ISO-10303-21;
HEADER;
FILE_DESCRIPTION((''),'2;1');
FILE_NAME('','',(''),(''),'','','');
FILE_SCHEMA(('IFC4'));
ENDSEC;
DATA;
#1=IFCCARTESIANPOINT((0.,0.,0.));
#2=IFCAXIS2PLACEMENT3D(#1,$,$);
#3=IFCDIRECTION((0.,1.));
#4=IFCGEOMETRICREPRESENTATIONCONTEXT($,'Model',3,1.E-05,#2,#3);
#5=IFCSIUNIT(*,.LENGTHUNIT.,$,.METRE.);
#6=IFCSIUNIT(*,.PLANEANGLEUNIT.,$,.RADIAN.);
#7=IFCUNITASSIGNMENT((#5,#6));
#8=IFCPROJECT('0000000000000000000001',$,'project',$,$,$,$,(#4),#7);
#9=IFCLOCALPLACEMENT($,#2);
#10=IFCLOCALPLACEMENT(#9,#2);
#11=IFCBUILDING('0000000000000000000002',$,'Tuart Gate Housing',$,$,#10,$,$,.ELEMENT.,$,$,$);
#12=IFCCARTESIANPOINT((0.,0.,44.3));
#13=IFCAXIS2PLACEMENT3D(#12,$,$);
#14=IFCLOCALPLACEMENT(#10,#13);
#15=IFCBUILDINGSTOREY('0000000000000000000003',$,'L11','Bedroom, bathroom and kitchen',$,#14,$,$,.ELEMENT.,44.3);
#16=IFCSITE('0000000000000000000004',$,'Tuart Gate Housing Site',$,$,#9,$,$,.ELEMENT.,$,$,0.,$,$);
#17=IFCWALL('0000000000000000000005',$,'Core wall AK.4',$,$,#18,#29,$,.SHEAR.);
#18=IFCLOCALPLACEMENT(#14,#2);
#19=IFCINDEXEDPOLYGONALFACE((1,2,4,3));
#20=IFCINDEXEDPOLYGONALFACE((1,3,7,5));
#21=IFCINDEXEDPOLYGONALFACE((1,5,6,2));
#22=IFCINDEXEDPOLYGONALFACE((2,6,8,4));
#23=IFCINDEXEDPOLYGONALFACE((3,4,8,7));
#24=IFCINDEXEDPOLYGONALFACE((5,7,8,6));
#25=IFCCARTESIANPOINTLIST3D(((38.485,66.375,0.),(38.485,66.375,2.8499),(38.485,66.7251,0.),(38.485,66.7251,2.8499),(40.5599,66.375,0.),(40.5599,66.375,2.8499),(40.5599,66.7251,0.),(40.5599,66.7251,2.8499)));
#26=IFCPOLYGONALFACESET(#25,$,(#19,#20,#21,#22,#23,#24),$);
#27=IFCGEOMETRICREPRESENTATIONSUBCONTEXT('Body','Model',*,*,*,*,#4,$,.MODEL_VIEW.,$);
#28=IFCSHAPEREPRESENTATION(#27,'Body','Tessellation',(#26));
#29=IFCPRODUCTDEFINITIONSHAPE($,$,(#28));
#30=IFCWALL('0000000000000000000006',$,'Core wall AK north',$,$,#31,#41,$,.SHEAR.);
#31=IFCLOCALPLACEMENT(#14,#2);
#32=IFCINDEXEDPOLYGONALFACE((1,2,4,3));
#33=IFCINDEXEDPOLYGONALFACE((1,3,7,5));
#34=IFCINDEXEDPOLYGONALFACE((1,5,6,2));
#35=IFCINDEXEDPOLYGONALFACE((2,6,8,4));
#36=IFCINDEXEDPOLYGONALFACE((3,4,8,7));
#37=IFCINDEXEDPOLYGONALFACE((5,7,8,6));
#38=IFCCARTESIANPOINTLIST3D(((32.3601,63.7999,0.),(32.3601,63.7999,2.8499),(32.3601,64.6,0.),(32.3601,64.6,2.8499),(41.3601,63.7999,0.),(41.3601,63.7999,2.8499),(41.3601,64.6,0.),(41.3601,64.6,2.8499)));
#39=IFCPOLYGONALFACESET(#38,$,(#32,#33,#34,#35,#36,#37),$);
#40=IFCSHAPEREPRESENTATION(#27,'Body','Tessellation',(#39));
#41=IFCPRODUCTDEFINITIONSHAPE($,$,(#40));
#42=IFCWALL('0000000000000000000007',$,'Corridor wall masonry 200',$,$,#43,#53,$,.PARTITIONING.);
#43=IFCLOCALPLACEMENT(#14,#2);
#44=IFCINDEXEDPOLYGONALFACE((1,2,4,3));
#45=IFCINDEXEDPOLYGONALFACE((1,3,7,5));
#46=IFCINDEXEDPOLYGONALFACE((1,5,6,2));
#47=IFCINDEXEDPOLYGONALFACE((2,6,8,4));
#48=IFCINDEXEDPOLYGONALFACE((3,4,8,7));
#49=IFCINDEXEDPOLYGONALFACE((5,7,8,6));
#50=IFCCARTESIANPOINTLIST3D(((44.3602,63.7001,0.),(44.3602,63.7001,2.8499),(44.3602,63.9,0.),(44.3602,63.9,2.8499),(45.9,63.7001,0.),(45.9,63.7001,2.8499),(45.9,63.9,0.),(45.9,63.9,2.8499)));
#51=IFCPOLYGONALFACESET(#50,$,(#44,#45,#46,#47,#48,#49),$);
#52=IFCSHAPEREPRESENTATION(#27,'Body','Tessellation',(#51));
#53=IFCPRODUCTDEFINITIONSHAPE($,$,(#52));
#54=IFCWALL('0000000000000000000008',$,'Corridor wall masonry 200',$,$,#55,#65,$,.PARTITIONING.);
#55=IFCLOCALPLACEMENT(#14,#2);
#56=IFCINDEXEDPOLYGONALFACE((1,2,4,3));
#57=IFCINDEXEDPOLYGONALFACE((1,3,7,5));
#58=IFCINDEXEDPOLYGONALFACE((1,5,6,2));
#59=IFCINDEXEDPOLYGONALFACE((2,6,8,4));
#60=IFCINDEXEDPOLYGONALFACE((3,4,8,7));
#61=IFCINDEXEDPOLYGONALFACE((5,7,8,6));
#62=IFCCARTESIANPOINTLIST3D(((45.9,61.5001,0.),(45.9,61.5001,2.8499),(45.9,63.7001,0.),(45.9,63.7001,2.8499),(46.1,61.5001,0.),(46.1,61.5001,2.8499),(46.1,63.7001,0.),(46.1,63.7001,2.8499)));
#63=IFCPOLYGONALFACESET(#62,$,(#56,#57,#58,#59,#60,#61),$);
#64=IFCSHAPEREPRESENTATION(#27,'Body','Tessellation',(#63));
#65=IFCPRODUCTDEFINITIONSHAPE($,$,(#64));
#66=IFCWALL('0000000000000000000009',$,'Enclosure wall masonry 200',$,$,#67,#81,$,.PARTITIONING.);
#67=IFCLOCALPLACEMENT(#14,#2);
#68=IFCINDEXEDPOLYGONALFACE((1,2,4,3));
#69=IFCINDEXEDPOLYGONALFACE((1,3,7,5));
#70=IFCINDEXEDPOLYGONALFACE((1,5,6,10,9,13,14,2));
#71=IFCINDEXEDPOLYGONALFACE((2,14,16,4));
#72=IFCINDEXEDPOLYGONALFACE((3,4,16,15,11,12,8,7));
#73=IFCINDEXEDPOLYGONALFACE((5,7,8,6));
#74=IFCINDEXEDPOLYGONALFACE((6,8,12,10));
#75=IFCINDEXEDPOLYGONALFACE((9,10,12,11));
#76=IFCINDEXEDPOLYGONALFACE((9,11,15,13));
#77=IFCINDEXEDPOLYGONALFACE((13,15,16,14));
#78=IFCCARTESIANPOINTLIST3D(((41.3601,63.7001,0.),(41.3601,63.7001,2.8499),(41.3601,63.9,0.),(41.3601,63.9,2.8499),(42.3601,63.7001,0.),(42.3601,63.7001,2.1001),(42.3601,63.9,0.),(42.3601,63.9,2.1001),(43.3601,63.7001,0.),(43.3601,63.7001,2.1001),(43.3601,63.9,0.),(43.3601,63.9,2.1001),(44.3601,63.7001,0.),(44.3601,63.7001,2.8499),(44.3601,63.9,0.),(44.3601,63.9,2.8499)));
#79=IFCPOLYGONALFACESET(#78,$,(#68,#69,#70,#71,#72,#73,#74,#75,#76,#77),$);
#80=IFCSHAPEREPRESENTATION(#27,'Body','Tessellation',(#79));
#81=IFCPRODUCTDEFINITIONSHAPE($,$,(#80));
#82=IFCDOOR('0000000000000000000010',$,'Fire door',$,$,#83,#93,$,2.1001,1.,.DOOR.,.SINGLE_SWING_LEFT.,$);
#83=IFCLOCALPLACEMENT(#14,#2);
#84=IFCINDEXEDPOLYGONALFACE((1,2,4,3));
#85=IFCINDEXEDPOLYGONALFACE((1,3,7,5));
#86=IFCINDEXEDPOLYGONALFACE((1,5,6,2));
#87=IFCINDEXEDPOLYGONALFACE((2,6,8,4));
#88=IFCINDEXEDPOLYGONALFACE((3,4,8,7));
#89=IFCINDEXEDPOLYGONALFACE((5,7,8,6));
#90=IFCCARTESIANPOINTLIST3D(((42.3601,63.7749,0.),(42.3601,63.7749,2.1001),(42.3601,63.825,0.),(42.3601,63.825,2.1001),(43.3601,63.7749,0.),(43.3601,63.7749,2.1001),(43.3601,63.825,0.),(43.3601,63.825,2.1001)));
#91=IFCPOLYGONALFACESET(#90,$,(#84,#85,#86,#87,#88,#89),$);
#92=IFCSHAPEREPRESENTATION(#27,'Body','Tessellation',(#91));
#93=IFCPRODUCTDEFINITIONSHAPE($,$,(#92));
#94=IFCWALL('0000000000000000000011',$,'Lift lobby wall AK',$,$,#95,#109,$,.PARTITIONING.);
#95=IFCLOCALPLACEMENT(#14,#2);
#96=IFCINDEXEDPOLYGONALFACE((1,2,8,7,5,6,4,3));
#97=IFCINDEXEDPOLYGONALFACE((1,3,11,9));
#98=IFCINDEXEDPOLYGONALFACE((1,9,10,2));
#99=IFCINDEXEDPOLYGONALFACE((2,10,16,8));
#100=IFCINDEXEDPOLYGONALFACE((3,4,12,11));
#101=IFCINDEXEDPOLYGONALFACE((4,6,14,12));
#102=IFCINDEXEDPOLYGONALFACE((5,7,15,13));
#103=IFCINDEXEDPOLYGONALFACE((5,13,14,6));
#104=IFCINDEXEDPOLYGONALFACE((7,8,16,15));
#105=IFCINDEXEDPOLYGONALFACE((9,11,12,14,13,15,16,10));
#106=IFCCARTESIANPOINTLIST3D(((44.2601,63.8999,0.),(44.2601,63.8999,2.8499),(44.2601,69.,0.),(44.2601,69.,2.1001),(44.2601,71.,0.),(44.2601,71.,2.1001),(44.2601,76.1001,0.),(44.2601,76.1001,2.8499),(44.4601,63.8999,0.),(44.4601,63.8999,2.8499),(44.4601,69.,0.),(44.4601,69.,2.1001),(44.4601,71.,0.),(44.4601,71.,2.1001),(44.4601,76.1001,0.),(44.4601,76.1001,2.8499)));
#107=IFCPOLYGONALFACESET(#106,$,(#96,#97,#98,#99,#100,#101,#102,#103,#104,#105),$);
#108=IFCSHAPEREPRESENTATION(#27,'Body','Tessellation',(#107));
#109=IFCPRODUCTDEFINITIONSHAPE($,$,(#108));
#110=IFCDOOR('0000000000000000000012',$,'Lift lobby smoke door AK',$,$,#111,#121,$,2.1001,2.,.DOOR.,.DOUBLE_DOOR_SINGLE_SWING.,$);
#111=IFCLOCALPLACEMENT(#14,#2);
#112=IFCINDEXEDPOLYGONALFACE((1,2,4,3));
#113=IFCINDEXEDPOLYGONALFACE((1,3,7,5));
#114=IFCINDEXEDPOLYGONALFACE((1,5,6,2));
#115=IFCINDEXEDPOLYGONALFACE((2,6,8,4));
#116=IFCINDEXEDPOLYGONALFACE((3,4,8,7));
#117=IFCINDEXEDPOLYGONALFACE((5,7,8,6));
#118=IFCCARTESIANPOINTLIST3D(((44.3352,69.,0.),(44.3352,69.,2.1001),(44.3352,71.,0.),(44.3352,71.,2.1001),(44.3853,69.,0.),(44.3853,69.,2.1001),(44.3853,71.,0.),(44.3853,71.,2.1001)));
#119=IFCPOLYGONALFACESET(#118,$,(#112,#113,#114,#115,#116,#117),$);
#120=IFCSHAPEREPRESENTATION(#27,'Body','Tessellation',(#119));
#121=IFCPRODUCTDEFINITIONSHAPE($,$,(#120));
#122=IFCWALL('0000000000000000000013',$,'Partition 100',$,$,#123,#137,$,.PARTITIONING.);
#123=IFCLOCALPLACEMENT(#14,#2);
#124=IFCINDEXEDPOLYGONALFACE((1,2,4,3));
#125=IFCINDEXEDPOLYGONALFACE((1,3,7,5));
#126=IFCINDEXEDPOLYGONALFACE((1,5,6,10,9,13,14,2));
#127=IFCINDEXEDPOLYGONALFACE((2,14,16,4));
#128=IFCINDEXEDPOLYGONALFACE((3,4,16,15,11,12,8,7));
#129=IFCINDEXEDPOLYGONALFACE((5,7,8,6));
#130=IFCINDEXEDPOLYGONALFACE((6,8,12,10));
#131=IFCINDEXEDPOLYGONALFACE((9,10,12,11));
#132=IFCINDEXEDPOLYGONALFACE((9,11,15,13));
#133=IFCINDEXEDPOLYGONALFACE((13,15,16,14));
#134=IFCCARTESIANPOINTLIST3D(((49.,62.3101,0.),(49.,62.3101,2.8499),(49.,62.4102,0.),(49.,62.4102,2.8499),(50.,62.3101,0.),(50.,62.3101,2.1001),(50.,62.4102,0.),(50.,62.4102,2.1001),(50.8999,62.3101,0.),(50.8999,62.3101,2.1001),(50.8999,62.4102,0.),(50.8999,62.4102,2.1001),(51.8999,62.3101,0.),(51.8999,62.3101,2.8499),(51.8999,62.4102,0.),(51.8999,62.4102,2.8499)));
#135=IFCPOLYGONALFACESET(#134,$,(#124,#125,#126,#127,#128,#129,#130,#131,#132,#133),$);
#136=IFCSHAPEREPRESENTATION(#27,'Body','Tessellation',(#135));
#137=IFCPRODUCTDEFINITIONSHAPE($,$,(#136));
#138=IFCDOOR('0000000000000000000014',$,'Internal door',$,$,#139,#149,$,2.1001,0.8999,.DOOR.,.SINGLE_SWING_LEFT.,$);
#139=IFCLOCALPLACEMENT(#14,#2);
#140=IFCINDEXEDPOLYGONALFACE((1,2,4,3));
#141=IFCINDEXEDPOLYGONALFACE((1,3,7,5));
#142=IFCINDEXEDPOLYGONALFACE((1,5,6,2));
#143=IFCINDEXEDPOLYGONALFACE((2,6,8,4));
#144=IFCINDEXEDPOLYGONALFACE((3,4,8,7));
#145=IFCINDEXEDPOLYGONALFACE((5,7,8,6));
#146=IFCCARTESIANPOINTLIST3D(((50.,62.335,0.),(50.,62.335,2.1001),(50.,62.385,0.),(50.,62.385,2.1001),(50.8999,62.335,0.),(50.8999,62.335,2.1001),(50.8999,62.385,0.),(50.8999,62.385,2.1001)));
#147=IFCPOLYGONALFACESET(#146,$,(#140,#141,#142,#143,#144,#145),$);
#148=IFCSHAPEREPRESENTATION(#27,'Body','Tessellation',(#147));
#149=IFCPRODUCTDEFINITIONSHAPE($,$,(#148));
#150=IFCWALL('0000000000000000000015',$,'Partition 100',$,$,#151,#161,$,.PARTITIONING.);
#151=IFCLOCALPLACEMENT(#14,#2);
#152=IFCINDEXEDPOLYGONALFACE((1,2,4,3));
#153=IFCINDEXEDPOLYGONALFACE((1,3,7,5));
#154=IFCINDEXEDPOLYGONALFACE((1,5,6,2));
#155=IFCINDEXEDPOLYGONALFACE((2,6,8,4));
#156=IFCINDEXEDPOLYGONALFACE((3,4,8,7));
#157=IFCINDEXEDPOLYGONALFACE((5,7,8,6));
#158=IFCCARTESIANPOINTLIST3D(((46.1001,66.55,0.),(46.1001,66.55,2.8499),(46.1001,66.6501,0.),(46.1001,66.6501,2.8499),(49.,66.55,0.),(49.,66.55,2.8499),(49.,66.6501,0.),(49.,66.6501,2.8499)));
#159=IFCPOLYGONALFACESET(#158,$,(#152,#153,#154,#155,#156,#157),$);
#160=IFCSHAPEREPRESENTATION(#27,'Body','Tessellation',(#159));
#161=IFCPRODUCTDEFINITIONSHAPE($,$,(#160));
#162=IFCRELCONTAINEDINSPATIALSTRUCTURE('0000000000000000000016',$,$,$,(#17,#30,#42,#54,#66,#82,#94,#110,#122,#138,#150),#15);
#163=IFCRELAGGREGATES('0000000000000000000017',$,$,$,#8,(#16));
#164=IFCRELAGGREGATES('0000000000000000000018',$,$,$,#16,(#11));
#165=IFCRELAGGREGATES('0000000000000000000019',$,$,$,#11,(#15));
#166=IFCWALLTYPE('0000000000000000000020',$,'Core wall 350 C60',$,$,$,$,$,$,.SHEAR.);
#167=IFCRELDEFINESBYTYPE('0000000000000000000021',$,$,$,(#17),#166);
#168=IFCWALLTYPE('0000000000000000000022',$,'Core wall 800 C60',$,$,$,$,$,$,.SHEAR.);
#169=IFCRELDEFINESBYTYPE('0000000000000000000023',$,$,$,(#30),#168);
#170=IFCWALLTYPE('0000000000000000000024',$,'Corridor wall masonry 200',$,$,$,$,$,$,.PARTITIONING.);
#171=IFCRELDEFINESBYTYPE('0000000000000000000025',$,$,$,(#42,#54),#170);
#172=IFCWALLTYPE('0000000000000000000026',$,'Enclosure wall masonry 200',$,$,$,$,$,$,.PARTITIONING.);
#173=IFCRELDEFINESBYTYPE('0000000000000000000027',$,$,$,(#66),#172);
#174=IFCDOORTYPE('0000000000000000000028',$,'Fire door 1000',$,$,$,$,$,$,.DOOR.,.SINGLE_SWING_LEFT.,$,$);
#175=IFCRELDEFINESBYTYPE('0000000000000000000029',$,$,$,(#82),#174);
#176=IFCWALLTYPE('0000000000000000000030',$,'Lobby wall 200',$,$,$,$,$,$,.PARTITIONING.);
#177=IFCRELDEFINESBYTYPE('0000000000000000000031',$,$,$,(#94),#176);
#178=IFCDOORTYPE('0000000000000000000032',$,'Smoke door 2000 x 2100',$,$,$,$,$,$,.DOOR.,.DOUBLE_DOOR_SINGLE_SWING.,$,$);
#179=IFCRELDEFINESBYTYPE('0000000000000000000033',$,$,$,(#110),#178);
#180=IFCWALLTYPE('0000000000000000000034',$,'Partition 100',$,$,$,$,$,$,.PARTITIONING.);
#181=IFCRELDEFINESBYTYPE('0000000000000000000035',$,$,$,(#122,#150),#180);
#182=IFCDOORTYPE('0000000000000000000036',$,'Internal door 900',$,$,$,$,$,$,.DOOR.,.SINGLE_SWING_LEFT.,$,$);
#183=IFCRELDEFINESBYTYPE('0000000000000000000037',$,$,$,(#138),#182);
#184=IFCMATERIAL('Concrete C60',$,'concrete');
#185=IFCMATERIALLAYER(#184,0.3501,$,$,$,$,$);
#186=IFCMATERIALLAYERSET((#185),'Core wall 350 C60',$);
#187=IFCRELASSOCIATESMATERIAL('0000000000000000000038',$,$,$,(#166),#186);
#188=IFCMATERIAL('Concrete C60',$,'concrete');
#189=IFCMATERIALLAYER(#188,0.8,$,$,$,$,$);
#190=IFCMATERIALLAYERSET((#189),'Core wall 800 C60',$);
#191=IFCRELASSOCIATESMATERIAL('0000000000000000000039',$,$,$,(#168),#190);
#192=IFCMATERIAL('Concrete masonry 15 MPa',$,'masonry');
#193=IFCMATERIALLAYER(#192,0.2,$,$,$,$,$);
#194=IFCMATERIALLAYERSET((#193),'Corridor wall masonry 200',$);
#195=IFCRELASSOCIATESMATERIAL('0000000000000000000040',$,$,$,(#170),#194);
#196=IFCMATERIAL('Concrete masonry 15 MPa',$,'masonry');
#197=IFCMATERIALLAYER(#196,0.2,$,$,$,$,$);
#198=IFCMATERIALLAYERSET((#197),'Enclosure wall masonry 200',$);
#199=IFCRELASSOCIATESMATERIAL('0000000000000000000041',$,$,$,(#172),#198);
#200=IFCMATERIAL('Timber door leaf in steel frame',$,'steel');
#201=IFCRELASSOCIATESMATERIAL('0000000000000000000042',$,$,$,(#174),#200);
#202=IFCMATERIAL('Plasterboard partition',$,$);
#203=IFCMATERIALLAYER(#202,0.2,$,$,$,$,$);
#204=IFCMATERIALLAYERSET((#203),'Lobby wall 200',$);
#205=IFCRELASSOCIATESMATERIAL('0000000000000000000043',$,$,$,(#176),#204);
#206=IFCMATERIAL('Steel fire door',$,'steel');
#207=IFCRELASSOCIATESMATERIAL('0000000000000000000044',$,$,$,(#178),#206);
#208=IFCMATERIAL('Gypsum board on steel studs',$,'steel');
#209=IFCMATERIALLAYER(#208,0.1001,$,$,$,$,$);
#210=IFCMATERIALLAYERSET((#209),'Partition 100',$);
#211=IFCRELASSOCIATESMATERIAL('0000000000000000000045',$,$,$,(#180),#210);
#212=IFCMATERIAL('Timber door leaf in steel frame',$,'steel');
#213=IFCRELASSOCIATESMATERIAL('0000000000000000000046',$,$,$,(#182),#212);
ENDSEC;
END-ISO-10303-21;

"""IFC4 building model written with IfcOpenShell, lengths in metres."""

from ifc_helpers import new_model, si_unit, direction, frame, frame_2d, origin, place, context, subcontext, project, spatial, rectangle, extrude, material, layer, layer_set, type_object, element, fill, save


model = new_model("IFC4")

# Units and contexts
model_context = context("Model", 3, precision=1e-05, world=origin(), true_north=direction((0.0, 1.0)))
body_context = subcontext(model_context, "Body", "Model", "MODEL_VIEW")
ifc_project = project(units=[si_unit("LENGTHUNIT", "METRE"), si_unit("PLANEANGLEUNIT", "RADIAN")], contexts=[model_context])

# Site, building, storey
site_placement = place(None, origin())
site = spatial("IfcSite", under=ifc_project, at=site_placement, Name="Tuart Gate Housing Site", CompositionType="ELEMENT", RefElevation=0.0)
building_placement = place(site_placement, origin())
building = spatial("IfcBuilding", under=site, at=building_placement, Name="Tuart Gate Housing", CompositionType="ELEMENT")
storey_placement = place(building_placement, frame((0.0, 0.0, 44.3)))
storey = spatial("IfcBuildingStorey", under=building, at=storey_placement, Name="L11", Description="Bedroom, bathroom and kitchen", CompositionType="ELEMENT", Elevation=44.3)

# Walls
ifc_material_1 = material(Name="Concrete C60", Category="concrete")
ifc_layer_1 = layer(ifc_material_1, 0.3501)
ifc_layer_set_1 = layer_set([ifc_layer_1], Name="Core wall 350 C60")
wall_type_1 = type_object("IfcWallType", Name="Core wall 350 C60", PredefinedType="SHEAR", material=ifc_layer_set_1)
wall_1_placement = place(storey_placement, frame((40.5601, 66.55, 0.0), z_axis=(0.0, 0.0, 1.0), x_axis=(-1.0, 0.0, 0.0)))
element("IfcWall", 1, at=wall_1_placement, inside=storey, type_object=wall_type_1, Name="Core wall AK.4", PredefinedType="SHEAR", context=body_context, shape_type="SweptSolid", body=[
    extrude(rectangle(XDim=2.075, YDim=0.3501, at=frame_2d((1.0376, 0.0))), origin(), (0.0, 0.0, 1.0), 2.8499),
])
ifc_material_2 = material(Name="Concrete C60", Category="concrete")
ifc_layer_2 = layer(ifc_material_2, 0.8)
ifc_layer_set_2 = layer_set([ifc_layer_2], Name="Core wall 800 C60")
wall_type_2 = type_object("IfcWallType", Name="Core wall 800 C60", PredefinedType="SHEAR", material=ifc_layer_set_2)
wall_2_placement = place(storey_placement, frame((41.3601, 64.2, 0.0), z_axis=(0.0, 0.0, 1.0), x_axis=(-1.0, 0.0, 0.0)))
element("IfcWall", 2, at=wall_2_placement, inside=storey, type_object=wall_type_2, Name="Core wall AK north", PredefinedType="SHEAR", context=body_context, shape_type="SweptSolid", body=[
    extrude(rectangle(XDim=9.0, YDim=0.8, at=frame_2d((4.5, 0.0))), origin(), (0.0, 0.0, 1.0), 2.8499),
])
ifc_material_3 = material(Name="Concrete masonry 15 MPa", Category="masonry")
ifc_layer_3 = layer(ifc_material_3, 0.2)
ifc_layer_set_3 = layer_set([ifc_layer_3], Name="Corridor wall masonry 200")
wall_type_3 = type_object("IfcWallType", Name="Corridor wall masonry 200", PredefinedType="PARTITIONING", material=ifc_layer_set_3)
wall_3_placement = place(storey_placement, frame((44.3601, 63.8, 0.0), z_axis=(0.0, 0.0, 1.0), x_axis=(1.0, 0.0, 0.0)))
element("IfcWall", 3, at=wall_3_placement, inside=storey, type_object=wall_type_3, Name="Corridor wall masonry 200", PredefinedType="PARTITIONING", context=body_context, shape_type="SweptSolid", body=[
    extrude(rectangle(XDim=1.5398, YDim=0.2, at=frame_2d((0.77, 0.0))), origin(), (0.0, 0.0, 1.0), 2.8499),
])
wall_4_placement = place(storey_placement, frame((46.0, 61.5, 0.0), z_axis=(0.0, 0.0, 1.0), x_axis=(0.0, 1.0, 0.0)))
element("IfcWall", 4, at=wall_4_placement, inside=storey, type_object=wall_type_3, Name="Corridor wall masonry 200", PredefinedType="PARTITIONING", context=body_context, shape_type="SweptSolid", body=[
    extrude(rectangle(XDim=2.2, YDim=0.2, at=frame_2d((1.1001, 0.0))), origin(), (0.0, 0.0, 1.0), 2.8499),
])

# Walls, openings, doors
ifc_material_4 = material(Name="Concrete masonry 15 MPa", Category="masonry")
ifc_layer_4 = layer(ifc_material_4, 0.2)
ifc_layer_set_4 = layer_set([ifc_layer_4], Name="Enclosure wall masonry 200")
wall_type_4 = type_object("IfcWallType", Name="Enclosure wall masonry 200", PredefinedType="PARTITIONING", material=ifc_layer_set_4)
wall_5_placement = place(storey_placement, frame((41.3601, 63.8, 0.0), z_axis=(0.0, 0.0, 1.0), x_axis=(1.0, 0.0, 0.0)))
wall_5 = element("IfcWall", 5, at=wall_5_placement, inside=storey, type_object=wall_type_4, Name="Enclosure wall masonry 200", PredefinedType="PARTITIONING", context=body_context, shape_type="SweptSolid", body=[
    extrude(rectangle(XDim=3.0, YDim=0.2, at=frame_2d((1.5, 0.0))), origin(), (0.0, 0.0, 1.0), 2.8499),
])
opening_1_placement = place(wall_5_placement, frame((1.0, 0.0, 0.0)))
opening_1 = element("IfcOpeningElement", 6, at=opening_1_placement, cuts=wall_5, PredefinedType="OPENING", context=body_context, shape_type="SweptSolid", body=[
    extrude(rectangle(XDim=1.0, YDim=2.1001, at=frame_2d((0.5, 1.05))), frame((0.0, 0.1099, 0.0), z_axis=(0.0, -1.0, 0.0), x_axis=(1.0, 0.0, 0.0)), (0.0, 0.0, 1.0), 0.22),
])
ifc_material_5 = material(Name="Timber door leaf in steel frame", Category="steel")
door_type_1 = type_object("IfcDoorType", Name="Fire door 1000", OperationType="SINGLE_SWING_LEFT", PredefinedType="DOOR", material=ifc_material_5)
door_1_placement = place(opening_1_placement, frame((1.0, 0.0, 0.0), z_axis=(0.0, 0.0, 1.0), x_axis=(-1.0, 0.0, 0.0)))
door_1 = element("IfcDoor", 7, at=door_1_placement, inside=storey, type_object=door_type_1, Name="Fire door", OperationType="SINGLE_SWING_LEFT", OverallHeight=2.1001, OverallWidth=1.0, PredefinedType="DOOR", context=body_context, shape_type="SweptSolid", body=[
    extrude(rectangle(XDim=1.0, YDim=2.1001, at=frame_2d((0.5, 1.05))), frame((0.0, 0.0251, 0.0), z_axis=(0.0, -1.0, 0.0), x_axis=(1.0, 0.0, 0.0)), (0.0, 0.0, 1.0), 0.05),
])
fill(opening_1, door_1)
ifc_material_6 = material(Name="Plasterboard partition")
ifc_layer_5 = layer(ifc_material_6, 0.2)
ifc_layer_set_5 = layer_set([ifc_layer_5], Name="Lobby wall 200")
wall_type_5 = type_object("IfcWallType", Name="Lobby wall 200", PredefinedType="PARTITIONING", material=ifc_layer_set_5)
wall_6_placement = place(storey_placement, frame((44.3601, 63.8999, 0.0), z_axis=(0.0, 0.0, 1.0), x_axis=(0.0, 1.0, 0.0)))
wall_6 = element("IfcWall", 8, at=wall_6_placement, inside=storey, type_object=wall_type_5, Name="Lift lobby wall AK", PredefinedType="PARTITIONING", context=body_context, shape_type="SweptSolid", body=[
    extrude(rectangle(XDim=12.2002, YDim=0.2, at=frame_2d((6.1001, 0.0))), origin(), (0.0, 0.0, 1.0), 2.8499),
])
opening_2_placement = place(wall_6_placement, frame((5.1001, 0.0, 0.0)))
opening_2 = element("IfcOpeningElement", 9, at=opening_2_placement, cuts=wall_6, PredefinedType="OPENING", context=body_context, shape_type="SweptSolid", body=[
    extrude(rectangle(XDim=2.0, YDim=2.1001, at=frame_2d((1.0, 1.05))), frame((0.0, 0.1099, 0.0), z_axis=(0.0, -1.0, 0.0), x_axis=(1.0, 0.0, 0.0)), (0.0, 0.0, 1.0), 0.22),
])
ifc_material_7 = material(Name="Steel fire door", Category="steel")
door_type_2 = type_object("IfcDoorType", Name="Smoke door 2000 x 2100", OperationType="DOUBLE_DOOR_SINGLE_SWING", PredefinedType="DOOR", material=ifc_material_7)
door_2_placement = place(opening_2_placement, origin())
door_2 = element("IfcDoor", 10, at=door_2_placement, inside=storey, type_object=door_type_2, Name="Lift lobby smoke door AK", OperationType="DOUBLE_DOOR_SINGLE_SWING", OverallHeight=2.1001, OverallWidth=2.0, PredefinedType="DOOR", context=body_context, shape_type="SweptSolid", body=[
    extrude(rectangle(XDim=2.0, YDim=2.1001, at=frame_2d((1.0, 1.05))), frame((0.0, 0.0249, 0.0), z_axis=(0.0, -1.0, 0.0), x_axis=(1.0, 0.0, 0.0)), (0.0, 0.0, 1.0), 0.05),
])
fill(opening_2, door_2)
ifc_material_8 = material(Name="Gypsum board on steel studs", Category="steel")
ifc_layer_6 = layer(ifc_material_8, 0.1001)
ifc_layer_set_6 = layer_set([ifc_layer_6], Name="Partition 100")
wall_type_6 = type_object("IfcWallType", Name="Partition 100", PredefinedType="PARTITIONING", material=ifc_layer_set_6)
wall_7_placement = place(storey_placement, frame((49.0, 62.3601, 0.0), z_axis=(0.0, 0.0, 1.0), x_axis=(1.0, 0.0, 0.0)))
wall_7 = element("IfcWall", 11, at=wall_7_placement, inside=storey, type_object=wall_type_6, Name="Partition 100", PredefinedType="PARTITIONING", context=body_context, shape_type="SweptSolid", body=[
    extrude(rectangle(XDim=2.8999, YDim=0.1001, at=frame_2d((1.45, 0.0))), origin(), (0.0, 0.0, 1.0), 2.8499),
])
opening_3_placement = place(wall_7_placement, frame((1.0, 0.0, 0.0)))
opening_3 = element("IfcOpeningElement", 12, at=opening_3_placement, cuts=wall_7, PredefinedType="OPENING", context=body_context, shape_type="SweptSolid", body=[
    extrude(rectangle(XDim=0.8999, YDim=2.1001, at=frame_2d((0.45, 1.05))), frame((0.0, 0.0601, 0.0), z_axis=(0.0, -1.0, 0.0), x_axis=(1.0, 0.0, 0.0)), (0.0, 0.0, 1.0), 0.1201),
])
ifc_material_9 = material(Name="Timber door leaf in steel frame", Category="steel")
door_type_3 = type_object("IfcDoorType", Name="Internal door 900", OperationType="SINGLE_SWING_LEFT", PredefinedType="DOOR", material=ifc_material_9)
door_3_placement = place(opening_3_placement, origin())
door_3 = element("IfcDoor", 13, at=door_3_placement, inside=storey, type_object=door_type_3, Name="Internal door", OperationType="SINGLE_SWING_LEFT", OverallHeight=2.1001, OverallWidth=0.8999, PredefinedType="DOOR", context=body_context, shape_type="SweptSolid", body=[
    extrude(rectangle(XDim=0.8999, YDim=2.1001, at=frame_2d((0.45, 1.05))), frame((0.0, 0.0249, 0.0), z_axis=(0.0, -1.0, 0.0), x_axis=(1.0, 0.0, 0.0)), (0.0, 0.0, 1.0), 0.05),
])
fill(opening_3, door_3)

# Wall
wall_8_placement = place(storey_placement, frame((46.1001, 66.6001, 0.0), z_axis=(0.0, 0.0, 1.0), x_axis=(1.0, 0.0, 0.0)))
element("IfcWall", 14, at=wall_8_placement, inside=storey, type_object=wall_type_6, Name="Partition 100", PredefinedType="PARTITIONING", context=body_context, shape_type="SweptSolid", body=[
    extrude(rectangle(XDim=2.8999, YDim=0.1001, at=frame_2d((1.45, 0.0))), origin(), (0.0, 0.0, 1.0), 2.8499),
])

save(model, "model.ifc")
